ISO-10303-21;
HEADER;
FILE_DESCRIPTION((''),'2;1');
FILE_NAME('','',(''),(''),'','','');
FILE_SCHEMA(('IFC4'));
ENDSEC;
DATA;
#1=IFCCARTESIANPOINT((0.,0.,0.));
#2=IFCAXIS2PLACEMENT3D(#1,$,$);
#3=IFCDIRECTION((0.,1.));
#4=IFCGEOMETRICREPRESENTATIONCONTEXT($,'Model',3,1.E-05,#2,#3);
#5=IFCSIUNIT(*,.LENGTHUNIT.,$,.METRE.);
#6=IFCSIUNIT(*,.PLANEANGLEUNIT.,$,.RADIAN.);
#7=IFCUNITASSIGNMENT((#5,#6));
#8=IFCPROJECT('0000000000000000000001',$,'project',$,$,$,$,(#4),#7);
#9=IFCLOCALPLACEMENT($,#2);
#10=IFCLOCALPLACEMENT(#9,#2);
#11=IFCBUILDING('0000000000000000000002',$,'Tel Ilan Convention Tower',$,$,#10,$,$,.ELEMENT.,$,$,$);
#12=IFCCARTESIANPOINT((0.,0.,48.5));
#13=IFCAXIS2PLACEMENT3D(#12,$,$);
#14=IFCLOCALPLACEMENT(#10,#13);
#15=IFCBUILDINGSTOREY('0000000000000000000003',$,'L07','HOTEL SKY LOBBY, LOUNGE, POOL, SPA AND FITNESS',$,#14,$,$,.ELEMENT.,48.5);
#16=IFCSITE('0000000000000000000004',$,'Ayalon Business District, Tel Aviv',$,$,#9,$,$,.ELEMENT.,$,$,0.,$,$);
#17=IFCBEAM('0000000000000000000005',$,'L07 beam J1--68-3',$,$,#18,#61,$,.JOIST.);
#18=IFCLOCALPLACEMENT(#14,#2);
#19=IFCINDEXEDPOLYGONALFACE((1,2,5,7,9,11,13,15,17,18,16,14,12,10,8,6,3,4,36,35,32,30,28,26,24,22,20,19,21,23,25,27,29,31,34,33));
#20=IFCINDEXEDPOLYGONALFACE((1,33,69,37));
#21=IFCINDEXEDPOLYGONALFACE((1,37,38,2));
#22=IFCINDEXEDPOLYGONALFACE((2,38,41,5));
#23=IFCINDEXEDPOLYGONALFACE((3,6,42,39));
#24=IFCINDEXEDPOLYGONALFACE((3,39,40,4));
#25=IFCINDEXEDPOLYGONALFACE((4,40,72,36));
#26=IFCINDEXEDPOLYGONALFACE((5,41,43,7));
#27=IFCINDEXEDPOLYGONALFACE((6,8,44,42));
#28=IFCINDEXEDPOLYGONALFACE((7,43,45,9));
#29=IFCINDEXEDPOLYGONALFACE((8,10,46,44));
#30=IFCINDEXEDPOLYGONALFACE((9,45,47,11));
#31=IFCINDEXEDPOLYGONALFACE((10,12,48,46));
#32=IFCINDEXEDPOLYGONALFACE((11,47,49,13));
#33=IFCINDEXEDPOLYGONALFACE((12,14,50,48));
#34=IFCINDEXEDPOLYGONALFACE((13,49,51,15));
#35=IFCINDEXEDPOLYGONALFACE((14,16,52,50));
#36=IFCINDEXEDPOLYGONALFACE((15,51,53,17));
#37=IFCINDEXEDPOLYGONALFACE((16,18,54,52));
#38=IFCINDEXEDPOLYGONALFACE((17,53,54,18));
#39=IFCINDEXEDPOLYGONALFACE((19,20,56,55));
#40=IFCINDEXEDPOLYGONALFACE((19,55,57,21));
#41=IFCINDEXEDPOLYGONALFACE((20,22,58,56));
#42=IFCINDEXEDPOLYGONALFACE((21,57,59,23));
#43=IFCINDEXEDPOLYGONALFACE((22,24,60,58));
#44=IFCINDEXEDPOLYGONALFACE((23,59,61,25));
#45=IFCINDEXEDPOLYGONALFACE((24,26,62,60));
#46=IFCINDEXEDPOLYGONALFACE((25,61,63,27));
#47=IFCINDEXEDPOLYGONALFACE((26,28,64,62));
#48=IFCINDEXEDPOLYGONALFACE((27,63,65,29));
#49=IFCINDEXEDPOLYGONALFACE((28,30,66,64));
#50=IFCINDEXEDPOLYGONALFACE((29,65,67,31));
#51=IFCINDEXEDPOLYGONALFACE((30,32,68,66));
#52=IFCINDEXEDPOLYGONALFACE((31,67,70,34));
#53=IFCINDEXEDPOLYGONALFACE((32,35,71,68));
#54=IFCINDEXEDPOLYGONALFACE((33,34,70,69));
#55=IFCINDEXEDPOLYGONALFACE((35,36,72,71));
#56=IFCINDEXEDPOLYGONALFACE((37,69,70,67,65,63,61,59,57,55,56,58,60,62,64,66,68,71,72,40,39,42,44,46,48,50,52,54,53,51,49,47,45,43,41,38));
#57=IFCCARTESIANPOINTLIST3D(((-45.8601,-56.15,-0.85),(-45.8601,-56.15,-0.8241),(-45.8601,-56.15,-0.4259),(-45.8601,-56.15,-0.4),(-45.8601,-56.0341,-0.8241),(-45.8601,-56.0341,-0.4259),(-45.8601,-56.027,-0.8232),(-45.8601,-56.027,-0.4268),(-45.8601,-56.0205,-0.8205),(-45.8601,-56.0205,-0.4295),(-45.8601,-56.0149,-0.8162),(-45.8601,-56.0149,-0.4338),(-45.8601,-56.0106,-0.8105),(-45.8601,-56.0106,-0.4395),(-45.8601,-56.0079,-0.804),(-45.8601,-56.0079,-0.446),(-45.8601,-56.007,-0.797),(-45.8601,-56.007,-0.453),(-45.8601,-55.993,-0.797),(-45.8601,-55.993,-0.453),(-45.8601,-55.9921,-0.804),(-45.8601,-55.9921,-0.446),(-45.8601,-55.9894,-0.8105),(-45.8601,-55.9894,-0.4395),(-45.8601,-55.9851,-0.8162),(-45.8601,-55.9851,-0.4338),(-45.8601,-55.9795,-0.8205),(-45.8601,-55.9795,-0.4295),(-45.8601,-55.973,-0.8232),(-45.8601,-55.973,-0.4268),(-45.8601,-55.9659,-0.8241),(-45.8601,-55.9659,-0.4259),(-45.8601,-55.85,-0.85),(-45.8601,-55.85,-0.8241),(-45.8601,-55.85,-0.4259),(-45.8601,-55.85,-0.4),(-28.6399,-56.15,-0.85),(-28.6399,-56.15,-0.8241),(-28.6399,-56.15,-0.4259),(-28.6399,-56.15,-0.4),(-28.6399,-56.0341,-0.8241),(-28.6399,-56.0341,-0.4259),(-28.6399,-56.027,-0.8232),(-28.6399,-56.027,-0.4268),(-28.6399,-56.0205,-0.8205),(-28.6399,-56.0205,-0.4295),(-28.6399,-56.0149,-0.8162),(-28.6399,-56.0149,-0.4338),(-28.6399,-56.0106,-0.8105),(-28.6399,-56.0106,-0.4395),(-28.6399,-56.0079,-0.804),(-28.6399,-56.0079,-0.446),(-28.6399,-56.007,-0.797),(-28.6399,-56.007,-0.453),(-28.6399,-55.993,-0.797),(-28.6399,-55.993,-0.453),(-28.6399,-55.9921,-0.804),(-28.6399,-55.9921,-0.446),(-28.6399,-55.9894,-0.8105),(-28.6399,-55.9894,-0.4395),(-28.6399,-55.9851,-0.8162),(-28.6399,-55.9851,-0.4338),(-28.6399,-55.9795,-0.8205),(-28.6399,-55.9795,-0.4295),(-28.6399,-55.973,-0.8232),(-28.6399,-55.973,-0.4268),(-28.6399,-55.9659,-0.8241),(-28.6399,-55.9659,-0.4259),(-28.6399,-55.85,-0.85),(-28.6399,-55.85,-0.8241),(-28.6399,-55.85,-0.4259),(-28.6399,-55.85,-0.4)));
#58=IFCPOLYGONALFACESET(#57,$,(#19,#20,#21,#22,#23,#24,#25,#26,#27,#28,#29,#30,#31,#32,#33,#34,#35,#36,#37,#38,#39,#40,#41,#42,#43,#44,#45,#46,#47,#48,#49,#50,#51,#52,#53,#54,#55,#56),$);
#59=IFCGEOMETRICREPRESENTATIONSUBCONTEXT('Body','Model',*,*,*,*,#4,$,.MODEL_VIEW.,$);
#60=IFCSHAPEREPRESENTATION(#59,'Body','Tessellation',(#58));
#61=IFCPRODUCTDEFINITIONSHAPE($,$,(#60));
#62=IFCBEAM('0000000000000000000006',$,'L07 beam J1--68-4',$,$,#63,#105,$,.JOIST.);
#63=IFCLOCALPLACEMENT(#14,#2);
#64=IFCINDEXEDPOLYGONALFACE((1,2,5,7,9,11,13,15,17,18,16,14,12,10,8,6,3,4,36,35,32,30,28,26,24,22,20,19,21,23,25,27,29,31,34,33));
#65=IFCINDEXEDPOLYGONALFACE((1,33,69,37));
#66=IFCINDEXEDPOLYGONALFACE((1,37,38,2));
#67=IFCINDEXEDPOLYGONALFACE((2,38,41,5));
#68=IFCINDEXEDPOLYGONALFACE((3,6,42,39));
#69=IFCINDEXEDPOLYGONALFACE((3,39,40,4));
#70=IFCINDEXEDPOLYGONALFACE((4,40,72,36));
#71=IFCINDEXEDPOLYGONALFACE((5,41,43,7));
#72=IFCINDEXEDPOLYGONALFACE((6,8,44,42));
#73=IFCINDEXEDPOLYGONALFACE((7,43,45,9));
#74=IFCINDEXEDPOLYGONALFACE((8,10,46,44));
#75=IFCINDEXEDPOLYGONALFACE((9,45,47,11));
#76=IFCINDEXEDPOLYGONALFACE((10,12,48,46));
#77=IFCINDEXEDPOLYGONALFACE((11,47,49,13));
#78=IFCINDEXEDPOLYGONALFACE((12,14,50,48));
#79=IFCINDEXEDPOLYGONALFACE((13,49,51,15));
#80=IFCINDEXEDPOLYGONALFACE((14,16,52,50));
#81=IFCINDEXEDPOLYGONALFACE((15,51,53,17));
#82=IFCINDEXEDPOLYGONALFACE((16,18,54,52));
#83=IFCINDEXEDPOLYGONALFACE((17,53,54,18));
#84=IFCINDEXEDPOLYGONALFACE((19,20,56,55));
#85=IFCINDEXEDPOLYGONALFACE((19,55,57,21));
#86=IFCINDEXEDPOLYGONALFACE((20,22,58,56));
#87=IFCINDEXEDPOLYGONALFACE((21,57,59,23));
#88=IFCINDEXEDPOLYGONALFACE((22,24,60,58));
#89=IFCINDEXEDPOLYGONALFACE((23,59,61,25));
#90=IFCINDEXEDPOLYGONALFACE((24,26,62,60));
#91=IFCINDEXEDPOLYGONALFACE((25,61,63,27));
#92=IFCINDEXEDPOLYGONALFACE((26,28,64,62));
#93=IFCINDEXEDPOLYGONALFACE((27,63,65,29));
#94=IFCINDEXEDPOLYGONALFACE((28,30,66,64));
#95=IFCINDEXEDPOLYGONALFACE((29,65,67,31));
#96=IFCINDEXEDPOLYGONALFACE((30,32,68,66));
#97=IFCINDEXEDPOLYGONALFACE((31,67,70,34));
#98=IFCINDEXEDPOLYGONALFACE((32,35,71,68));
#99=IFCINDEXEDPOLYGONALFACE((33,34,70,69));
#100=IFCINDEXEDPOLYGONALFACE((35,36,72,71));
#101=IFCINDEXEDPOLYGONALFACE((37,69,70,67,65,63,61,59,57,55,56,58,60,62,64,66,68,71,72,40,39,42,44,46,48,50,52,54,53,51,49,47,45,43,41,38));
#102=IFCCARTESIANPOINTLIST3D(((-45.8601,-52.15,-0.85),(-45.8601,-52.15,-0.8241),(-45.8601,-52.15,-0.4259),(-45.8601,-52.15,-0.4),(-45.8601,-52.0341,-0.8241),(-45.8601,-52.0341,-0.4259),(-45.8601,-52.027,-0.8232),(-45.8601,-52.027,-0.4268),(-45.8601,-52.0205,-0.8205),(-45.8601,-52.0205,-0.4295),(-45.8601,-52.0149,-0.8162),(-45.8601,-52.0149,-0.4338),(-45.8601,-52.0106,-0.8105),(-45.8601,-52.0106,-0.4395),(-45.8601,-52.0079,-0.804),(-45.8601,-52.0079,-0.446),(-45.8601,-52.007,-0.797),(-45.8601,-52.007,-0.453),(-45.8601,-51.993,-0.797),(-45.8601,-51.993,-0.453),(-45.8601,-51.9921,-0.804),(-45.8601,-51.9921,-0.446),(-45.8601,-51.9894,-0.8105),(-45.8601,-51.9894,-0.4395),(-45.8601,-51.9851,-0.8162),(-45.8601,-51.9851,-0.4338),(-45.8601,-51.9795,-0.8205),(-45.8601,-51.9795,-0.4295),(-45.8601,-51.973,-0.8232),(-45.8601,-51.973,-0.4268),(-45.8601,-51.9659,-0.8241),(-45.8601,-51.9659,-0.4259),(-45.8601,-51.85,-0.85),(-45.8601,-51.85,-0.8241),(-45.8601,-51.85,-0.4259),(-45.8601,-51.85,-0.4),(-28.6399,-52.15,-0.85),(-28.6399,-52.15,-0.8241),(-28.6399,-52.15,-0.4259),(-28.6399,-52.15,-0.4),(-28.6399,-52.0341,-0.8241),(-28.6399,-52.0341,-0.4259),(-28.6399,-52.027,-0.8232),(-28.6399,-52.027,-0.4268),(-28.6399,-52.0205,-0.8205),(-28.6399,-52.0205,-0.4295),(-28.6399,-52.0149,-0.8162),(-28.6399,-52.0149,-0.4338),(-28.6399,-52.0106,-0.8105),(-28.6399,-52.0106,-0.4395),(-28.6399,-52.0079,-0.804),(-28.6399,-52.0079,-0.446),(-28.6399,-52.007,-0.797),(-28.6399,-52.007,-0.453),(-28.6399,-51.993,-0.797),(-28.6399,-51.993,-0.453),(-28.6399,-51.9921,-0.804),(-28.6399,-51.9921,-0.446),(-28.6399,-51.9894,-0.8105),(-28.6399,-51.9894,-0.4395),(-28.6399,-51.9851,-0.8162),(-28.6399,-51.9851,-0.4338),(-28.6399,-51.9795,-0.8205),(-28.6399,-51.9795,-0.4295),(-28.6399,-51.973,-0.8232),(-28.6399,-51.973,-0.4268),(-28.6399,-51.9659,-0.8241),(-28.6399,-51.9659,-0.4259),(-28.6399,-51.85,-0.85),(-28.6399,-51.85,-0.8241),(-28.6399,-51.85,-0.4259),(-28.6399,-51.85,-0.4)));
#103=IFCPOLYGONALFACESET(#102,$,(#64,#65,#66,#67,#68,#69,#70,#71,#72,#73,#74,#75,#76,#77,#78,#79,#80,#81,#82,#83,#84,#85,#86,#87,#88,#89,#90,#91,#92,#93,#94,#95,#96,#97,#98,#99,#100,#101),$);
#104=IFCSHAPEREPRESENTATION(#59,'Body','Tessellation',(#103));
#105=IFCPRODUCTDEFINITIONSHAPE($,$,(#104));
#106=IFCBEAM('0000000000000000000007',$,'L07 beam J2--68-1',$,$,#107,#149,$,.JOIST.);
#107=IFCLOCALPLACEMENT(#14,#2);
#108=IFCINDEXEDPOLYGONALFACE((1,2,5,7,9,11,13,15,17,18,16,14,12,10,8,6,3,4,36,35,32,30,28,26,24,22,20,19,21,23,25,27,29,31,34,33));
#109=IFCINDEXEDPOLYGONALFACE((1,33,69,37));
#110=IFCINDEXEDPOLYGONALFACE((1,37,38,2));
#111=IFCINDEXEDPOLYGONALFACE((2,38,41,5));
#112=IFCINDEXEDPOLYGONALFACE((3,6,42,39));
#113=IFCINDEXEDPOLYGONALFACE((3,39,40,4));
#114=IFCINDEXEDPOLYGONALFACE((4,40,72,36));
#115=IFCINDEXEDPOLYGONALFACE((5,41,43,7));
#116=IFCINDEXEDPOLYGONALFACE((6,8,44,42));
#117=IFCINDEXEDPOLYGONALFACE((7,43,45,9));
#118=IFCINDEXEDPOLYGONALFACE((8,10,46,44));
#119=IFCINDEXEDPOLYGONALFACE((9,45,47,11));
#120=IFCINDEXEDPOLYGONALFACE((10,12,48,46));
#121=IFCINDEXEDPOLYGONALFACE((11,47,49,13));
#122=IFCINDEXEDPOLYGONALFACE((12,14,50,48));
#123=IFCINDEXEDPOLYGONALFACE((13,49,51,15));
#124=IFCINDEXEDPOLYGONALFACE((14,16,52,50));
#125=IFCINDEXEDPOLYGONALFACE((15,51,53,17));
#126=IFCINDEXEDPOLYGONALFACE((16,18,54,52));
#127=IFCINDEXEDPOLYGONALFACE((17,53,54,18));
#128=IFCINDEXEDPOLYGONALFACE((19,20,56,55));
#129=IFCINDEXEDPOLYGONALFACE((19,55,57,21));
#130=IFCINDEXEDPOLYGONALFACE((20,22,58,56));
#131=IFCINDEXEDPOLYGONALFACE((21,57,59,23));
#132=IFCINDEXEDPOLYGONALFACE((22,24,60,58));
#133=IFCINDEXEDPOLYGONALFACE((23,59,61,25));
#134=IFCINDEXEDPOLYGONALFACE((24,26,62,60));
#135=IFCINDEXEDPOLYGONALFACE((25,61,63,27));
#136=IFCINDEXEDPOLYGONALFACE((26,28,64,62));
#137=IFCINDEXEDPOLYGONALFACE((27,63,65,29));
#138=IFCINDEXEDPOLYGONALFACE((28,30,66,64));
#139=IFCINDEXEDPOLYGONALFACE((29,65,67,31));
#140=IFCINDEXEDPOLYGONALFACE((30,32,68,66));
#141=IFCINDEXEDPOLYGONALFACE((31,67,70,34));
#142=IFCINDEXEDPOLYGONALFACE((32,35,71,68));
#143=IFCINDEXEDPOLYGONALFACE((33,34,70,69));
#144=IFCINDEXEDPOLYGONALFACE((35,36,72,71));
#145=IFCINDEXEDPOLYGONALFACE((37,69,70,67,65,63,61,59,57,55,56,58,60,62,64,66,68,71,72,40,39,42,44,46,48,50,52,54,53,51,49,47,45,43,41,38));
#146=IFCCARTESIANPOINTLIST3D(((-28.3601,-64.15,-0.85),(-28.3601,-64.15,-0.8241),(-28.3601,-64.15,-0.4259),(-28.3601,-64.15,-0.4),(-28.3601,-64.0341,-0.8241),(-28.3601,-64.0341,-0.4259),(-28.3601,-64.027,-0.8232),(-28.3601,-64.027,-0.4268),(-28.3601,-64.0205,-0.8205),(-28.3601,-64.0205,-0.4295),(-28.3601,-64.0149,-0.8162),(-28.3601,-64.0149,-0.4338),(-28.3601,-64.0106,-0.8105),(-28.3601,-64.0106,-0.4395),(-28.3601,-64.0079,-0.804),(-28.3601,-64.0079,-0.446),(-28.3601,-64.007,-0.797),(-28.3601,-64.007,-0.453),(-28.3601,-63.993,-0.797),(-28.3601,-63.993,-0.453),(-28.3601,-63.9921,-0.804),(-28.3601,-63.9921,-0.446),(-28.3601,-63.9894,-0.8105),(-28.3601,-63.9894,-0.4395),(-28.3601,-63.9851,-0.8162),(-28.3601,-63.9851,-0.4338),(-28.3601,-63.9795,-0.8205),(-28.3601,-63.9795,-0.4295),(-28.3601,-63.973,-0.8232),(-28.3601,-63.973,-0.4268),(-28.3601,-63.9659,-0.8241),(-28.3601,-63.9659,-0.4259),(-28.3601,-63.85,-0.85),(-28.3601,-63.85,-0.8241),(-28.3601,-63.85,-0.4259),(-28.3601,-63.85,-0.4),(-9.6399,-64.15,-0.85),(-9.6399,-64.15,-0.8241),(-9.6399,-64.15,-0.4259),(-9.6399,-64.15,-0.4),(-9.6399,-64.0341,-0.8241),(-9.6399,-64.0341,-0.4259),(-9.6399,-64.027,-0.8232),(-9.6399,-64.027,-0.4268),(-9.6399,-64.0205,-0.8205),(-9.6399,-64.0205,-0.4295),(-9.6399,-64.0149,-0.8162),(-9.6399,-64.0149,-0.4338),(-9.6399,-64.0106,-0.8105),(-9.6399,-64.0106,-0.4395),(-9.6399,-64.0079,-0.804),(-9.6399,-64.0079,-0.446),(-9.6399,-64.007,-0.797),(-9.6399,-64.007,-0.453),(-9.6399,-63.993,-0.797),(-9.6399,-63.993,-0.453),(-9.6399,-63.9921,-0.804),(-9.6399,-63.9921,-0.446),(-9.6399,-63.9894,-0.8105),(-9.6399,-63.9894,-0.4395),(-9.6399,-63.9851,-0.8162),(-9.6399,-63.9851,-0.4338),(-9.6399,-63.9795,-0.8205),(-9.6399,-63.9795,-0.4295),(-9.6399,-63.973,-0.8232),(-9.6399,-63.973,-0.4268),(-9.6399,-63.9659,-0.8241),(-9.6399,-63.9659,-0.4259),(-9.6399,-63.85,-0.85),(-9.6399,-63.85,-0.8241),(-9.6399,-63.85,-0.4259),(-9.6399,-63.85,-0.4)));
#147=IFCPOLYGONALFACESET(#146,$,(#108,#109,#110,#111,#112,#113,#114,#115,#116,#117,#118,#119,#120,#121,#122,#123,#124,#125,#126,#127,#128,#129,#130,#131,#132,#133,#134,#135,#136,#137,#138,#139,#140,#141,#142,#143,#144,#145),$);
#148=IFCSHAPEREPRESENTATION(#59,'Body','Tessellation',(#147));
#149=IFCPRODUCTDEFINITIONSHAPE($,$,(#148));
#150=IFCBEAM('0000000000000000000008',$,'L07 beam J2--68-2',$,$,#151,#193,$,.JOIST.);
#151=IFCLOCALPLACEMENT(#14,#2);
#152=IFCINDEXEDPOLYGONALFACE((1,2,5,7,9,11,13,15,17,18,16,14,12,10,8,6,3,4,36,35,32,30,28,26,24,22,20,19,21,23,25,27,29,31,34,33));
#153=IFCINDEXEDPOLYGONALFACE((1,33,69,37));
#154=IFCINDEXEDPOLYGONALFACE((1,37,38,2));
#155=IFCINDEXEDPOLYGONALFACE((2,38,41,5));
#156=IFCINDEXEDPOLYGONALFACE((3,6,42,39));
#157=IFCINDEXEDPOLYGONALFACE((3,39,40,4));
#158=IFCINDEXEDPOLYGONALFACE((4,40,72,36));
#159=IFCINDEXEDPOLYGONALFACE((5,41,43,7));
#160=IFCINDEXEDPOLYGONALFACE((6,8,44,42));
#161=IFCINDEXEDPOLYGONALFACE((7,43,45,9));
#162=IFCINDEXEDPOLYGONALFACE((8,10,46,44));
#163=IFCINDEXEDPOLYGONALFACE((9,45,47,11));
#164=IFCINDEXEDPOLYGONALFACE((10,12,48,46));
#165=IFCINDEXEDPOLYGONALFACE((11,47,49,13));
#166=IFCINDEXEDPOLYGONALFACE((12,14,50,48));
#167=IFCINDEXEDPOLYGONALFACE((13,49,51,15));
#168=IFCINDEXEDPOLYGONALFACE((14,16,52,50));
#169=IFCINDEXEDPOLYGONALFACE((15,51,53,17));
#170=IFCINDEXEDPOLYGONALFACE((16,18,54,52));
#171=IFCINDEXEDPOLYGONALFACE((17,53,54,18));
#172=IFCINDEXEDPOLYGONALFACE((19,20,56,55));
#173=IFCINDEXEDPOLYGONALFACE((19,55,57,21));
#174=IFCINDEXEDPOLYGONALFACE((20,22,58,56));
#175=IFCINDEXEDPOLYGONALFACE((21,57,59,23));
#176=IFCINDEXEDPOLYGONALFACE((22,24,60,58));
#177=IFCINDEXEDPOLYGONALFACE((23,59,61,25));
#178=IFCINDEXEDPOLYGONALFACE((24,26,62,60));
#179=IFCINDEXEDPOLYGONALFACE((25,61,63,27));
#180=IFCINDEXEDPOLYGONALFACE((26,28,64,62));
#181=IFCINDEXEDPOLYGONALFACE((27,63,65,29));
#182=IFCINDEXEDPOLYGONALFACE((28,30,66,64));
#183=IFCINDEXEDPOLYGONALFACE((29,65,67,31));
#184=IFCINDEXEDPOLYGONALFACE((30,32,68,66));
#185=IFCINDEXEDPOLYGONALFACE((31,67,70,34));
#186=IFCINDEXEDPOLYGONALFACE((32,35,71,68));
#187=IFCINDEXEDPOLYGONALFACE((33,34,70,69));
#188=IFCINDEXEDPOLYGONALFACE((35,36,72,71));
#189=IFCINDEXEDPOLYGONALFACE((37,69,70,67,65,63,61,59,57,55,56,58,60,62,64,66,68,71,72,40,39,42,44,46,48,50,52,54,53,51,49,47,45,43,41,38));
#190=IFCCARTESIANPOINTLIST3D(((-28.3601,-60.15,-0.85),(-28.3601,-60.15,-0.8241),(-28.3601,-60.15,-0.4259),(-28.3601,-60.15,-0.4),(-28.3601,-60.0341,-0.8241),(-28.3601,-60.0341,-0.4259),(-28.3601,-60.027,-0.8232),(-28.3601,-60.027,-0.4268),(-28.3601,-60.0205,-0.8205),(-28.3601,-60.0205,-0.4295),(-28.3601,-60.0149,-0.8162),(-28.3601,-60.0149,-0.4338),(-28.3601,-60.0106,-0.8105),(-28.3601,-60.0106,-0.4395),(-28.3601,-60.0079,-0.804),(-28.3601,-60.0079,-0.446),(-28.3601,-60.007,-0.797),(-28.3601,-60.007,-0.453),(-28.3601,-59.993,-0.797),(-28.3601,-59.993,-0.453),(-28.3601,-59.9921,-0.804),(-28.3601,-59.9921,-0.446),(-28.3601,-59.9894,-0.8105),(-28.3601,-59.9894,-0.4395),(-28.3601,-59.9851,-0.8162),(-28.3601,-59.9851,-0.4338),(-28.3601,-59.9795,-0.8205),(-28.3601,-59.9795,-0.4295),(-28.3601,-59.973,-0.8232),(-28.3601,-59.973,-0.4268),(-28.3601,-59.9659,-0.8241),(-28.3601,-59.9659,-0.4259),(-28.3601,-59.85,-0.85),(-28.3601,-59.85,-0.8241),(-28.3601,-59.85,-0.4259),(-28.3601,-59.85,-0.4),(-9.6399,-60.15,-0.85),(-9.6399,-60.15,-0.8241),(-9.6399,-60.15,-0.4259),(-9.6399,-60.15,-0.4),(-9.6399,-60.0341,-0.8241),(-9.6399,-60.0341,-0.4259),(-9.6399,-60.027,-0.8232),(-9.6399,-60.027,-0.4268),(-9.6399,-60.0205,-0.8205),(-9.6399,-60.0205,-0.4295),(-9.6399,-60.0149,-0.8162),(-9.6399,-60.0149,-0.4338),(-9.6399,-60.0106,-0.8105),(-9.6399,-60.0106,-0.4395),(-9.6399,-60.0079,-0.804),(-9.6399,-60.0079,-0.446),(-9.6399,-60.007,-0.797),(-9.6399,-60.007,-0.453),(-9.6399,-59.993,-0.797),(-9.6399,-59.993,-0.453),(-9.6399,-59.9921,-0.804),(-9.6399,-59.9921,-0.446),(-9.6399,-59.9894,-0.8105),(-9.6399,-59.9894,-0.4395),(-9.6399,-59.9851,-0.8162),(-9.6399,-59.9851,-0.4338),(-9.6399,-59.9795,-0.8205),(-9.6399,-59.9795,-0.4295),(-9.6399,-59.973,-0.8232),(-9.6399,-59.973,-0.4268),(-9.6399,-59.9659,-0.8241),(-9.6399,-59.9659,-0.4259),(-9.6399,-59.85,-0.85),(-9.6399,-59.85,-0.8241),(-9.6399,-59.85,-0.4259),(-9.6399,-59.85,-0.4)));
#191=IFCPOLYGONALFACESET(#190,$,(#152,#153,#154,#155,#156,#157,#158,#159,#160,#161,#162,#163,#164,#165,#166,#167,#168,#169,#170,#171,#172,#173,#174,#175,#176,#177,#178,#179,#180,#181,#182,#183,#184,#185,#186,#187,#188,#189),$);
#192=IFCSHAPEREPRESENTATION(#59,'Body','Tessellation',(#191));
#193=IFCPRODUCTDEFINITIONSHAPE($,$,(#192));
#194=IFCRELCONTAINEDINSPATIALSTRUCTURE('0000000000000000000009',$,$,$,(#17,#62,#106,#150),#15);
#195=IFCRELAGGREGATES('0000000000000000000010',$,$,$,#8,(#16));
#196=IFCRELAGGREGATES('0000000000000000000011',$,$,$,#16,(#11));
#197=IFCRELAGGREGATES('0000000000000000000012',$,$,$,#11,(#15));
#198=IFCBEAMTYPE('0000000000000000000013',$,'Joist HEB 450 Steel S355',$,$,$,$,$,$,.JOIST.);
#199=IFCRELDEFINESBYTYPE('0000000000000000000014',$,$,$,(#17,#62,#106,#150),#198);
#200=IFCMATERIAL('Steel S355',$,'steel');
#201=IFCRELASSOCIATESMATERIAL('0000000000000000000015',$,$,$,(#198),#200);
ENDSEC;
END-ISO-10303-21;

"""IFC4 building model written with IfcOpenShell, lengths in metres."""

from ifc_helpers import new_model, si_unit, direction, frame, origin, origin_2d, place, context, subcontext, project, spatial, i_section, extrude, material, material_profile, profile_set, type_object, element, save


model = new_model("IFC4")

# Units and contexts
model_context = context("Model", 3, precision=1e-05, world=origin(), true_north=direction((0.0, 1.0)))
body_context = subcontext(model_context, "Body", "Model", "MODEL_VIEW")
ifc_project = project(units=[si_unit("LENGTHUNIT", "METRE"), si_unit("PLANEANGLEUNIT", "RADIAN")], contexts=[model_context])

# Site, building, storey
site_placement = place(None, origin())
site = spatial("IfcSite", under=ifc_project, at=site_placement, Name="Ayalon Business District, Tel Aviv", CompositionType="ELEMENT", RefElevation=0.0)
building_placement = place(site_placement, origin())
building = spatial("IfcBuilding", under=site, at=building_placement, Name="Tel Ilan Convention Tower", CompositionType="ELEMENT")
storey_placement = place(building_placement, frame((0.0, 0.0, 48.5)))
storey = spatial("IfcBuildingStorey", under=building, at=storey_placement, Name="L07", Description="HOTEL SKY LOBBY, LOUNGE, POOL, SPA AND FITNESS", CompositionType="ELEMENT", Elevation=48.5)

# Beams
ifc_material_1 = material(Name="Steel S355", Category="steel")
ifc_material_profile_1 = material_profile(ifc_material_1, i_section(OverallWidth=0.3, OverallDepth=0.45, WebThickness=0.0139, FlangeThickness=0.0259, FilletRadius=0.0271, at=origin_2d()), Name="HEB 450")
ifc_profile_set_1 = profile_set([ifc_material_profile_1], Name="Steel S355")
beam_type_1 = type_object("IfcBeamType", Name="Joist HEB 450 Steel S355", PredefinedType="JOIST", material=ifc_profile_set_1)
for number, where, z_axis, x_axis, name in (
    (1, (-45.8601, -56.0, -0.625), (1.0, 0.0, 0.0), (0.0, 1.0, 0.0), "L07 beam J1--68-3"),
    (2, (-45.8601, -52.0, -0.625), (1.0, 0.0, 0.0), (0.0, 1.0, 0.0), "L07 beam J1--68-4"),
):
    element("IfcBeam", number, at=place(storey_placement, frame(where, z_axis=z_axis, x_axis=x_axis)), inside=storey, type_object=beam_type_1, Name=name, PredefinedType="JOIST", context=body_context, shape_type="SweptSolid", body=[
        extrude(i_section(OverallWidth=0.3, OverallDepth=0.45, WebThickness=0.0139, FlangeThickness=0.0259, FilletRadius=0.0271, at=origin_2d()), origin(), (0.0, 0.0, 1.0), 17.2202),
    ])
for number, where, z_axis, x_axis, name in (
    (3, (-28.3601, -64.0, -0.625), (1.0, 0.0, 0.0), (0.0, 1.0, 0.0), "L07 beam J2--68-1"),
    (4, (-28.3601, -60.0, -0.625), (1.0, 0.0, 0.0), (0.0, 1.0, 0.0), "L07 beam J2--68-2"),
):
    element("IfcBeam", number, at=place(storey_placement, frame(where, z_axis=z_axis, x_axis=x_axis)), inside=storey, type_object=beam_type_1, Name=name, PredefinedType="JOIST", context=body_context, shape_type="SweptSolid", body=[
        extrude(i_section(OverallWidth=0.3, OverallDepth=0.45, WebThickness=0.0139, FlangeThickness=0.0259, FilletRadius=0.0271, at=origin_2d()), origin(), (0.0, 0.0, 1.0), 18.7202),
    ])

save(model, "model.ifc")
